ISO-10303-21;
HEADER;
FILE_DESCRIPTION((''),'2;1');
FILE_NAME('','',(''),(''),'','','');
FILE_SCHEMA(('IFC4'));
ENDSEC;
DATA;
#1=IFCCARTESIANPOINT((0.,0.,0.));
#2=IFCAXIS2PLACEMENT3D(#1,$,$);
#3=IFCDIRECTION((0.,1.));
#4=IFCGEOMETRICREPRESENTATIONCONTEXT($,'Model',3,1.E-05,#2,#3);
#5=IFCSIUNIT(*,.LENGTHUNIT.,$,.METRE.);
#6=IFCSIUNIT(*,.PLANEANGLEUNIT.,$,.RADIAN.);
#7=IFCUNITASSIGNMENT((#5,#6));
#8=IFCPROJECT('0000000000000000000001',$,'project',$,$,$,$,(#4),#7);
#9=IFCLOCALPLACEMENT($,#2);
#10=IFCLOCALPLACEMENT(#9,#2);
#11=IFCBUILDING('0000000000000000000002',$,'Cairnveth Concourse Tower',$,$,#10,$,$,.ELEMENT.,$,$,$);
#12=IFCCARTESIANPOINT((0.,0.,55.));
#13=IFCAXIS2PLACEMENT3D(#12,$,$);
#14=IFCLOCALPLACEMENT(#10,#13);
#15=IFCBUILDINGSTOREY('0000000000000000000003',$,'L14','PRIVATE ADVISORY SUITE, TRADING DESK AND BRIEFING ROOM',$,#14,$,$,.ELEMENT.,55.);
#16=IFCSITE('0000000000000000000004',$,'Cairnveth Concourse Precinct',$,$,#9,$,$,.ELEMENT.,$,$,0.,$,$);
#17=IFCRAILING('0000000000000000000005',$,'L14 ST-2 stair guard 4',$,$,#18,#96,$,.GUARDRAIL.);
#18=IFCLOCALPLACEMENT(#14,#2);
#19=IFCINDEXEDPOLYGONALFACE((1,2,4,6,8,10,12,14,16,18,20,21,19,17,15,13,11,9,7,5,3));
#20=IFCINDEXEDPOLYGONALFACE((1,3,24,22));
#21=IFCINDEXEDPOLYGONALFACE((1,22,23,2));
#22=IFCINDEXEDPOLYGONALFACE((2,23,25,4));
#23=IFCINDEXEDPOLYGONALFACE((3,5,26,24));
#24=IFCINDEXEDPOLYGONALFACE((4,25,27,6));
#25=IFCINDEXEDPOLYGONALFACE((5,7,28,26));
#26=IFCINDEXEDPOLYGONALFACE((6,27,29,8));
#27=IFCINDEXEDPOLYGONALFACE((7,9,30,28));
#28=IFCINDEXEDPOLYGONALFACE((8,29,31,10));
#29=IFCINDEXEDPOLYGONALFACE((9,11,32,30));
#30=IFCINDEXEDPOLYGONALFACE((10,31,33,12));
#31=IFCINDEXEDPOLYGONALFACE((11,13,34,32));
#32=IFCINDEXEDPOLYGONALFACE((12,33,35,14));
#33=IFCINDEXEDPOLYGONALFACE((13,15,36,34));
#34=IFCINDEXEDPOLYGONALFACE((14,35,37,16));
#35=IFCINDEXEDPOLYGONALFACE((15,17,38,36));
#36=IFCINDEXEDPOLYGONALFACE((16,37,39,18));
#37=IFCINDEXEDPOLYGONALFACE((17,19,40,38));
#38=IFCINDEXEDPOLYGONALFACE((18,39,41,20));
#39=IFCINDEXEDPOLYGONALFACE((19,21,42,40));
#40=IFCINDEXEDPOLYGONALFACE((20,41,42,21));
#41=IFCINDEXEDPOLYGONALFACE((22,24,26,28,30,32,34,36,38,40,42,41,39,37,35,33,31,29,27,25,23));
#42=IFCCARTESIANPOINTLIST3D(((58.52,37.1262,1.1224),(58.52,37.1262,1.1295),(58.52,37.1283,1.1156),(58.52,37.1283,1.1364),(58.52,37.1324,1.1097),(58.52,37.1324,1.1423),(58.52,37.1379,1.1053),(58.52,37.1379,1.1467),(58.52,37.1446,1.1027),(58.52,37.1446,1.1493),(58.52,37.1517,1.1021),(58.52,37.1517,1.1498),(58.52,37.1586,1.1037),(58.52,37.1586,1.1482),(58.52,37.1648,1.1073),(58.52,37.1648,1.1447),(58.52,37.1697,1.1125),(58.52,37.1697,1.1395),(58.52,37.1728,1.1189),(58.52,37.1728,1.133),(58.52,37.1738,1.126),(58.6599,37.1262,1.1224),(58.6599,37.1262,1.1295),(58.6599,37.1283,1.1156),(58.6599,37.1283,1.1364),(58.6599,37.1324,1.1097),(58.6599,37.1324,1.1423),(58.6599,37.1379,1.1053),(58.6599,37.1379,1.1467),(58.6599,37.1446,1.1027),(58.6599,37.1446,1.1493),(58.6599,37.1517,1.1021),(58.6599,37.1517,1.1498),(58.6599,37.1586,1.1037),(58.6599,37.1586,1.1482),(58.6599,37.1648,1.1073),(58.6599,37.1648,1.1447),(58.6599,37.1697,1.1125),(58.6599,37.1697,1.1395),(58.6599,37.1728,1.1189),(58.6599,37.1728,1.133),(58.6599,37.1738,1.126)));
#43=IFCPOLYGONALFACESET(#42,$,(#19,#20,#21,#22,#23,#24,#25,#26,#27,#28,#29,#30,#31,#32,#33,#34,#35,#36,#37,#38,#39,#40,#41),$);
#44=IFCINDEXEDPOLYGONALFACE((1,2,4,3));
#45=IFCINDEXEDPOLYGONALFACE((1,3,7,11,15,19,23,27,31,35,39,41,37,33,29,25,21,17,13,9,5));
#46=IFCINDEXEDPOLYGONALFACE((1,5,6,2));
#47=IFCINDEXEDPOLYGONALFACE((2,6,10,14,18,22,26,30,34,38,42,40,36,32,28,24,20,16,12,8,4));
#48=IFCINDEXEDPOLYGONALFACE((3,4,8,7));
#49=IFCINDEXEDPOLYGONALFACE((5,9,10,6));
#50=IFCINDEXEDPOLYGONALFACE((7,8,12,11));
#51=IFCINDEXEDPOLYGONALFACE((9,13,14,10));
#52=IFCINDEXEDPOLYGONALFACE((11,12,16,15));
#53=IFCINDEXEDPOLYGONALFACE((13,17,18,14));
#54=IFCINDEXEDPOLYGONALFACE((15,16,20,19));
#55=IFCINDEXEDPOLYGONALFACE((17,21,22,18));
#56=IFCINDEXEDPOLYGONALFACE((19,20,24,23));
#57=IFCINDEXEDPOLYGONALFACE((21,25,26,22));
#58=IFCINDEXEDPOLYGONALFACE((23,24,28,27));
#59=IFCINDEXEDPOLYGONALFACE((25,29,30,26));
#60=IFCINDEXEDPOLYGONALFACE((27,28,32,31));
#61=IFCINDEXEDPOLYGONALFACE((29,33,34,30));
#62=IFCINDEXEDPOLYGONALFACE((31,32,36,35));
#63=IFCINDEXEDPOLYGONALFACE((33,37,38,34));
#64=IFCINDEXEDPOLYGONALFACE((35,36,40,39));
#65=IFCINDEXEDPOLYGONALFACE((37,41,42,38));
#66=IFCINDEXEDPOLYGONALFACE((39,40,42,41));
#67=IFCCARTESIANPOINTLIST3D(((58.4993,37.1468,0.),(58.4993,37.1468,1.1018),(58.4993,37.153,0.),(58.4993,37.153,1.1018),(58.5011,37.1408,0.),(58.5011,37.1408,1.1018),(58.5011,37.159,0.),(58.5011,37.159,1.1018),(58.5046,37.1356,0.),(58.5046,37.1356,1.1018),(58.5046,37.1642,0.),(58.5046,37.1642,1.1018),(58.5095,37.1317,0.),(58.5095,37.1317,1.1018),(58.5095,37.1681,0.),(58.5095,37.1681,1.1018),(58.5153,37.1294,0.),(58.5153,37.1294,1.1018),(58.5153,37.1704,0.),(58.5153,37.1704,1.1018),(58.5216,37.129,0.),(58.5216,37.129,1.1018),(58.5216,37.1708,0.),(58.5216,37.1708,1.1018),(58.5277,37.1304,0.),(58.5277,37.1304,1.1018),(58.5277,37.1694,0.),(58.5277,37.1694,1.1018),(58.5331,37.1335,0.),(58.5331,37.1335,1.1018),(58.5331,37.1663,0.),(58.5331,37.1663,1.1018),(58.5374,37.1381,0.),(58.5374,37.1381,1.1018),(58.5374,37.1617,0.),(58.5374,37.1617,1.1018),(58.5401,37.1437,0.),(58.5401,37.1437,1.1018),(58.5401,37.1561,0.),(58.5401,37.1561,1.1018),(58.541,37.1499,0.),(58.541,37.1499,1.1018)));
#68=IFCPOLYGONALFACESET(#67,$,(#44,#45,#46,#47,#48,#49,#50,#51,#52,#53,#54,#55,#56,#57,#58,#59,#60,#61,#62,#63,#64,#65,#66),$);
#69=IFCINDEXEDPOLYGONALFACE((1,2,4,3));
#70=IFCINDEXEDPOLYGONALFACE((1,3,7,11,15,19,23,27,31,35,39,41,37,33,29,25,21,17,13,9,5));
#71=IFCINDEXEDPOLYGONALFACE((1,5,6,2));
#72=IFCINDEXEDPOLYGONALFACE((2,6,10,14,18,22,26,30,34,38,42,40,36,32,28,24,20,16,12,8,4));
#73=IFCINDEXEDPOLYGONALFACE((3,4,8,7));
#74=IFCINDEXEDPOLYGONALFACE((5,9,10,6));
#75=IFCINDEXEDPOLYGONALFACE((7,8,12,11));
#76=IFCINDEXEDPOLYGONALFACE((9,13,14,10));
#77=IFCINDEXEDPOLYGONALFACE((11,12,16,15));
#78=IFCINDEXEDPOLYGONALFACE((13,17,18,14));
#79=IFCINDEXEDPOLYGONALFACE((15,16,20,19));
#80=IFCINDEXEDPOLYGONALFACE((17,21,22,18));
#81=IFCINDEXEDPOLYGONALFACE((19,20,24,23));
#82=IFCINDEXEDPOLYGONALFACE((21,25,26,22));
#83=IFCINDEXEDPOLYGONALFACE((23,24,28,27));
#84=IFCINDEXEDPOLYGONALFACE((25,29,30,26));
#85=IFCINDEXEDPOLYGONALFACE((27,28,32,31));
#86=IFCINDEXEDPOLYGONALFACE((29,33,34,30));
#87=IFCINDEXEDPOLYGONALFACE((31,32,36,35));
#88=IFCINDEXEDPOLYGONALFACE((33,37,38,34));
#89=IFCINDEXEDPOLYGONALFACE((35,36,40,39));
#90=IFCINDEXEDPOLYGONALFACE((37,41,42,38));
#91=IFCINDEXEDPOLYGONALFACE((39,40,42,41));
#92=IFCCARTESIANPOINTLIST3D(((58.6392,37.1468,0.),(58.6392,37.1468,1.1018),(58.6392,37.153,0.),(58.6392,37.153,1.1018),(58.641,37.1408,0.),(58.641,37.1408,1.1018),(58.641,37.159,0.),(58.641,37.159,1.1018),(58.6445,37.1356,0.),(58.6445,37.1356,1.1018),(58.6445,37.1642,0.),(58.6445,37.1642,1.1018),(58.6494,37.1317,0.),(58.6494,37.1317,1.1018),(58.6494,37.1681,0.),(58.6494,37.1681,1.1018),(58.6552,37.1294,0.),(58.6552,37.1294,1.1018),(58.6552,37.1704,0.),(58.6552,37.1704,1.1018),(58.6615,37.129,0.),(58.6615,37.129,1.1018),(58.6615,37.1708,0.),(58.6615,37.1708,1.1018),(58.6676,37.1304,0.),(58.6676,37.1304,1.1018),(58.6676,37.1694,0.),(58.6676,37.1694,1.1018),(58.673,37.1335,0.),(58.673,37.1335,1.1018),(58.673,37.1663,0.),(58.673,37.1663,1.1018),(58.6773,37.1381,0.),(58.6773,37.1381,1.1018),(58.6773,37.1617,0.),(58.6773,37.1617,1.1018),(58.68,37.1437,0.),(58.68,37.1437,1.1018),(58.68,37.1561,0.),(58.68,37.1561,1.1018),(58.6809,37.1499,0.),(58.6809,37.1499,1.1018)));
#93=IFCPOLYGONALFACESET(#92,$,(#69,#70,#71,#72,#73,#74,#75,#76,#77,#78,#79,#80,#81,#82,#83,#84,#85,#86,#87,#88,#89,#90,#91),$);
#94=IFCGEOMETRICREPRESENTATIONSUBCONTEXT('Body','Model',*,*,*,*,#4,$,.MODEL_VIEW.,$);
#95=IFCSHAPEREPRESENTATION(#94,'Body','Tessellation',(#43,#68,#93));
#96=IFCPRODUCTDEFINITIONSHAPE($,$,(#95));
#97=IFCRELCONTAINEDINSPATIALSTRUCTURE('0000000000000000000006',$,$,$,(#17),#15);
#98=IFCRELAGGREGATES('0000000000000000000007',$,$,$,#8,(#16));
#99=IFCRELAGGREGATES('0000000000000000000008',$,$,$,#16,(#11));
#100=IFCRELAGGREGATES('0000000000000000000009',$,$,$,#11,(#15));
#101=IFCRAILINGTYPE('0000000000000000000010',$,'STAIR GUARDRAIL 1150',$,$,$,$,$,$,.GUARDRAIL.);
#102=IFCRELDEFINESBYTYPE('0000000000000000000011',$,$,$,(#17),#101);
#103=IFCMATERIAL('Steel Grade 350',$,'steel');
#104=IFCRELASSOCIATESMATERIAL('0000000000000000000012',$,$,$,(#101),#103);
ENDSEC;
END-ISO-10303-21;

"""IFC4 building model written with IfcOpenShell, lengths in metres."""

from ifc_helpers import new_model, si_unit, direction, frame, origin, origin_2d, place, context, subcontext, project, spatial, circle, extrude, material, type_object, element, save


model = new_model("IFC4")

# Units and contexts
model_context = context("Model", 3, precision=1e-05, world=origin(), true_north=direction((0.0, 1.0)))
body_context = subcontext(model_context, "Body", "Model", "MODEL_VIEW")
ifc_project = project(units=[si_unit("LENGTHUNIT", "METRE"), si_unit("PLANEANGLEUNIT", "RADIAN")], contexts=[model_context])

# Site, building, storey
site_placement = place(None, origin())
site = spatial("IfcSite", under=ifc_project, at=site_placement, Name="Cairnveth Concourse Precinct", CompositionType="ELEMENT", RefElevation=0.0)
building_placement = place(site_placement, origin())
building = spatial("IfcBuilding", under=site, at=building_placement, Name="Cairnveth Concourse Tower", CompositionType="ELEMENT")
storey_placement = place(building_placement, frame((0.0, 0.0, 55.0)))
storey = spatial("IfcBuildingStorey", under=building, at=storey_placement, Name="L14", Description="PRIVATE ADVISORY SUITE, TRADING DESK AND BRIEFING ROOM", CompositionType="ELEMENT", Elevation=55.0)

# Shared definitions
ifc_material_1 = material(Name="Steel Grade 350", Category="steel")

# Railing
railing_type_1 = type_object("IfcRailingType", Name="STAIR GUARDRAIL 1150", PredefinedType="GUARDRAIL", material=ifc_material_1)
railing_1_placement = place(storey_placement, frame((58.52, 37.1499, 0.0)))
element("IfcRailing", 1, at=railing_1_placement, inside=storey, type_object=railing_type_1, Name="L14 ST-2 stair guard 4", PredefinedType="GUARDRAIL", context=body_context, shape_type="SweptSolid", body=[
    extrude(circle(Radius=0.0239, at=origin_2d()), frame((0.0, 0.0, 1.126), z_axis=(1.0, 0.0, 0.0), x_axis=(0.0, 1.0, 0.0)), (0.0, 0.0, 1.0), 0.1399),
    extrude(circle(Radius=0.021, at=origin_2d()), origin(), (0.0, 0.0, 1.0), 1.1018),
    extrude(circle(Radius=0.021, at=origin_2d()), frame((0.1399, 0.0, 0.0)), (0.0, 0.0, 1.0), 1.1018),
])

save(model, "model.ifc")
